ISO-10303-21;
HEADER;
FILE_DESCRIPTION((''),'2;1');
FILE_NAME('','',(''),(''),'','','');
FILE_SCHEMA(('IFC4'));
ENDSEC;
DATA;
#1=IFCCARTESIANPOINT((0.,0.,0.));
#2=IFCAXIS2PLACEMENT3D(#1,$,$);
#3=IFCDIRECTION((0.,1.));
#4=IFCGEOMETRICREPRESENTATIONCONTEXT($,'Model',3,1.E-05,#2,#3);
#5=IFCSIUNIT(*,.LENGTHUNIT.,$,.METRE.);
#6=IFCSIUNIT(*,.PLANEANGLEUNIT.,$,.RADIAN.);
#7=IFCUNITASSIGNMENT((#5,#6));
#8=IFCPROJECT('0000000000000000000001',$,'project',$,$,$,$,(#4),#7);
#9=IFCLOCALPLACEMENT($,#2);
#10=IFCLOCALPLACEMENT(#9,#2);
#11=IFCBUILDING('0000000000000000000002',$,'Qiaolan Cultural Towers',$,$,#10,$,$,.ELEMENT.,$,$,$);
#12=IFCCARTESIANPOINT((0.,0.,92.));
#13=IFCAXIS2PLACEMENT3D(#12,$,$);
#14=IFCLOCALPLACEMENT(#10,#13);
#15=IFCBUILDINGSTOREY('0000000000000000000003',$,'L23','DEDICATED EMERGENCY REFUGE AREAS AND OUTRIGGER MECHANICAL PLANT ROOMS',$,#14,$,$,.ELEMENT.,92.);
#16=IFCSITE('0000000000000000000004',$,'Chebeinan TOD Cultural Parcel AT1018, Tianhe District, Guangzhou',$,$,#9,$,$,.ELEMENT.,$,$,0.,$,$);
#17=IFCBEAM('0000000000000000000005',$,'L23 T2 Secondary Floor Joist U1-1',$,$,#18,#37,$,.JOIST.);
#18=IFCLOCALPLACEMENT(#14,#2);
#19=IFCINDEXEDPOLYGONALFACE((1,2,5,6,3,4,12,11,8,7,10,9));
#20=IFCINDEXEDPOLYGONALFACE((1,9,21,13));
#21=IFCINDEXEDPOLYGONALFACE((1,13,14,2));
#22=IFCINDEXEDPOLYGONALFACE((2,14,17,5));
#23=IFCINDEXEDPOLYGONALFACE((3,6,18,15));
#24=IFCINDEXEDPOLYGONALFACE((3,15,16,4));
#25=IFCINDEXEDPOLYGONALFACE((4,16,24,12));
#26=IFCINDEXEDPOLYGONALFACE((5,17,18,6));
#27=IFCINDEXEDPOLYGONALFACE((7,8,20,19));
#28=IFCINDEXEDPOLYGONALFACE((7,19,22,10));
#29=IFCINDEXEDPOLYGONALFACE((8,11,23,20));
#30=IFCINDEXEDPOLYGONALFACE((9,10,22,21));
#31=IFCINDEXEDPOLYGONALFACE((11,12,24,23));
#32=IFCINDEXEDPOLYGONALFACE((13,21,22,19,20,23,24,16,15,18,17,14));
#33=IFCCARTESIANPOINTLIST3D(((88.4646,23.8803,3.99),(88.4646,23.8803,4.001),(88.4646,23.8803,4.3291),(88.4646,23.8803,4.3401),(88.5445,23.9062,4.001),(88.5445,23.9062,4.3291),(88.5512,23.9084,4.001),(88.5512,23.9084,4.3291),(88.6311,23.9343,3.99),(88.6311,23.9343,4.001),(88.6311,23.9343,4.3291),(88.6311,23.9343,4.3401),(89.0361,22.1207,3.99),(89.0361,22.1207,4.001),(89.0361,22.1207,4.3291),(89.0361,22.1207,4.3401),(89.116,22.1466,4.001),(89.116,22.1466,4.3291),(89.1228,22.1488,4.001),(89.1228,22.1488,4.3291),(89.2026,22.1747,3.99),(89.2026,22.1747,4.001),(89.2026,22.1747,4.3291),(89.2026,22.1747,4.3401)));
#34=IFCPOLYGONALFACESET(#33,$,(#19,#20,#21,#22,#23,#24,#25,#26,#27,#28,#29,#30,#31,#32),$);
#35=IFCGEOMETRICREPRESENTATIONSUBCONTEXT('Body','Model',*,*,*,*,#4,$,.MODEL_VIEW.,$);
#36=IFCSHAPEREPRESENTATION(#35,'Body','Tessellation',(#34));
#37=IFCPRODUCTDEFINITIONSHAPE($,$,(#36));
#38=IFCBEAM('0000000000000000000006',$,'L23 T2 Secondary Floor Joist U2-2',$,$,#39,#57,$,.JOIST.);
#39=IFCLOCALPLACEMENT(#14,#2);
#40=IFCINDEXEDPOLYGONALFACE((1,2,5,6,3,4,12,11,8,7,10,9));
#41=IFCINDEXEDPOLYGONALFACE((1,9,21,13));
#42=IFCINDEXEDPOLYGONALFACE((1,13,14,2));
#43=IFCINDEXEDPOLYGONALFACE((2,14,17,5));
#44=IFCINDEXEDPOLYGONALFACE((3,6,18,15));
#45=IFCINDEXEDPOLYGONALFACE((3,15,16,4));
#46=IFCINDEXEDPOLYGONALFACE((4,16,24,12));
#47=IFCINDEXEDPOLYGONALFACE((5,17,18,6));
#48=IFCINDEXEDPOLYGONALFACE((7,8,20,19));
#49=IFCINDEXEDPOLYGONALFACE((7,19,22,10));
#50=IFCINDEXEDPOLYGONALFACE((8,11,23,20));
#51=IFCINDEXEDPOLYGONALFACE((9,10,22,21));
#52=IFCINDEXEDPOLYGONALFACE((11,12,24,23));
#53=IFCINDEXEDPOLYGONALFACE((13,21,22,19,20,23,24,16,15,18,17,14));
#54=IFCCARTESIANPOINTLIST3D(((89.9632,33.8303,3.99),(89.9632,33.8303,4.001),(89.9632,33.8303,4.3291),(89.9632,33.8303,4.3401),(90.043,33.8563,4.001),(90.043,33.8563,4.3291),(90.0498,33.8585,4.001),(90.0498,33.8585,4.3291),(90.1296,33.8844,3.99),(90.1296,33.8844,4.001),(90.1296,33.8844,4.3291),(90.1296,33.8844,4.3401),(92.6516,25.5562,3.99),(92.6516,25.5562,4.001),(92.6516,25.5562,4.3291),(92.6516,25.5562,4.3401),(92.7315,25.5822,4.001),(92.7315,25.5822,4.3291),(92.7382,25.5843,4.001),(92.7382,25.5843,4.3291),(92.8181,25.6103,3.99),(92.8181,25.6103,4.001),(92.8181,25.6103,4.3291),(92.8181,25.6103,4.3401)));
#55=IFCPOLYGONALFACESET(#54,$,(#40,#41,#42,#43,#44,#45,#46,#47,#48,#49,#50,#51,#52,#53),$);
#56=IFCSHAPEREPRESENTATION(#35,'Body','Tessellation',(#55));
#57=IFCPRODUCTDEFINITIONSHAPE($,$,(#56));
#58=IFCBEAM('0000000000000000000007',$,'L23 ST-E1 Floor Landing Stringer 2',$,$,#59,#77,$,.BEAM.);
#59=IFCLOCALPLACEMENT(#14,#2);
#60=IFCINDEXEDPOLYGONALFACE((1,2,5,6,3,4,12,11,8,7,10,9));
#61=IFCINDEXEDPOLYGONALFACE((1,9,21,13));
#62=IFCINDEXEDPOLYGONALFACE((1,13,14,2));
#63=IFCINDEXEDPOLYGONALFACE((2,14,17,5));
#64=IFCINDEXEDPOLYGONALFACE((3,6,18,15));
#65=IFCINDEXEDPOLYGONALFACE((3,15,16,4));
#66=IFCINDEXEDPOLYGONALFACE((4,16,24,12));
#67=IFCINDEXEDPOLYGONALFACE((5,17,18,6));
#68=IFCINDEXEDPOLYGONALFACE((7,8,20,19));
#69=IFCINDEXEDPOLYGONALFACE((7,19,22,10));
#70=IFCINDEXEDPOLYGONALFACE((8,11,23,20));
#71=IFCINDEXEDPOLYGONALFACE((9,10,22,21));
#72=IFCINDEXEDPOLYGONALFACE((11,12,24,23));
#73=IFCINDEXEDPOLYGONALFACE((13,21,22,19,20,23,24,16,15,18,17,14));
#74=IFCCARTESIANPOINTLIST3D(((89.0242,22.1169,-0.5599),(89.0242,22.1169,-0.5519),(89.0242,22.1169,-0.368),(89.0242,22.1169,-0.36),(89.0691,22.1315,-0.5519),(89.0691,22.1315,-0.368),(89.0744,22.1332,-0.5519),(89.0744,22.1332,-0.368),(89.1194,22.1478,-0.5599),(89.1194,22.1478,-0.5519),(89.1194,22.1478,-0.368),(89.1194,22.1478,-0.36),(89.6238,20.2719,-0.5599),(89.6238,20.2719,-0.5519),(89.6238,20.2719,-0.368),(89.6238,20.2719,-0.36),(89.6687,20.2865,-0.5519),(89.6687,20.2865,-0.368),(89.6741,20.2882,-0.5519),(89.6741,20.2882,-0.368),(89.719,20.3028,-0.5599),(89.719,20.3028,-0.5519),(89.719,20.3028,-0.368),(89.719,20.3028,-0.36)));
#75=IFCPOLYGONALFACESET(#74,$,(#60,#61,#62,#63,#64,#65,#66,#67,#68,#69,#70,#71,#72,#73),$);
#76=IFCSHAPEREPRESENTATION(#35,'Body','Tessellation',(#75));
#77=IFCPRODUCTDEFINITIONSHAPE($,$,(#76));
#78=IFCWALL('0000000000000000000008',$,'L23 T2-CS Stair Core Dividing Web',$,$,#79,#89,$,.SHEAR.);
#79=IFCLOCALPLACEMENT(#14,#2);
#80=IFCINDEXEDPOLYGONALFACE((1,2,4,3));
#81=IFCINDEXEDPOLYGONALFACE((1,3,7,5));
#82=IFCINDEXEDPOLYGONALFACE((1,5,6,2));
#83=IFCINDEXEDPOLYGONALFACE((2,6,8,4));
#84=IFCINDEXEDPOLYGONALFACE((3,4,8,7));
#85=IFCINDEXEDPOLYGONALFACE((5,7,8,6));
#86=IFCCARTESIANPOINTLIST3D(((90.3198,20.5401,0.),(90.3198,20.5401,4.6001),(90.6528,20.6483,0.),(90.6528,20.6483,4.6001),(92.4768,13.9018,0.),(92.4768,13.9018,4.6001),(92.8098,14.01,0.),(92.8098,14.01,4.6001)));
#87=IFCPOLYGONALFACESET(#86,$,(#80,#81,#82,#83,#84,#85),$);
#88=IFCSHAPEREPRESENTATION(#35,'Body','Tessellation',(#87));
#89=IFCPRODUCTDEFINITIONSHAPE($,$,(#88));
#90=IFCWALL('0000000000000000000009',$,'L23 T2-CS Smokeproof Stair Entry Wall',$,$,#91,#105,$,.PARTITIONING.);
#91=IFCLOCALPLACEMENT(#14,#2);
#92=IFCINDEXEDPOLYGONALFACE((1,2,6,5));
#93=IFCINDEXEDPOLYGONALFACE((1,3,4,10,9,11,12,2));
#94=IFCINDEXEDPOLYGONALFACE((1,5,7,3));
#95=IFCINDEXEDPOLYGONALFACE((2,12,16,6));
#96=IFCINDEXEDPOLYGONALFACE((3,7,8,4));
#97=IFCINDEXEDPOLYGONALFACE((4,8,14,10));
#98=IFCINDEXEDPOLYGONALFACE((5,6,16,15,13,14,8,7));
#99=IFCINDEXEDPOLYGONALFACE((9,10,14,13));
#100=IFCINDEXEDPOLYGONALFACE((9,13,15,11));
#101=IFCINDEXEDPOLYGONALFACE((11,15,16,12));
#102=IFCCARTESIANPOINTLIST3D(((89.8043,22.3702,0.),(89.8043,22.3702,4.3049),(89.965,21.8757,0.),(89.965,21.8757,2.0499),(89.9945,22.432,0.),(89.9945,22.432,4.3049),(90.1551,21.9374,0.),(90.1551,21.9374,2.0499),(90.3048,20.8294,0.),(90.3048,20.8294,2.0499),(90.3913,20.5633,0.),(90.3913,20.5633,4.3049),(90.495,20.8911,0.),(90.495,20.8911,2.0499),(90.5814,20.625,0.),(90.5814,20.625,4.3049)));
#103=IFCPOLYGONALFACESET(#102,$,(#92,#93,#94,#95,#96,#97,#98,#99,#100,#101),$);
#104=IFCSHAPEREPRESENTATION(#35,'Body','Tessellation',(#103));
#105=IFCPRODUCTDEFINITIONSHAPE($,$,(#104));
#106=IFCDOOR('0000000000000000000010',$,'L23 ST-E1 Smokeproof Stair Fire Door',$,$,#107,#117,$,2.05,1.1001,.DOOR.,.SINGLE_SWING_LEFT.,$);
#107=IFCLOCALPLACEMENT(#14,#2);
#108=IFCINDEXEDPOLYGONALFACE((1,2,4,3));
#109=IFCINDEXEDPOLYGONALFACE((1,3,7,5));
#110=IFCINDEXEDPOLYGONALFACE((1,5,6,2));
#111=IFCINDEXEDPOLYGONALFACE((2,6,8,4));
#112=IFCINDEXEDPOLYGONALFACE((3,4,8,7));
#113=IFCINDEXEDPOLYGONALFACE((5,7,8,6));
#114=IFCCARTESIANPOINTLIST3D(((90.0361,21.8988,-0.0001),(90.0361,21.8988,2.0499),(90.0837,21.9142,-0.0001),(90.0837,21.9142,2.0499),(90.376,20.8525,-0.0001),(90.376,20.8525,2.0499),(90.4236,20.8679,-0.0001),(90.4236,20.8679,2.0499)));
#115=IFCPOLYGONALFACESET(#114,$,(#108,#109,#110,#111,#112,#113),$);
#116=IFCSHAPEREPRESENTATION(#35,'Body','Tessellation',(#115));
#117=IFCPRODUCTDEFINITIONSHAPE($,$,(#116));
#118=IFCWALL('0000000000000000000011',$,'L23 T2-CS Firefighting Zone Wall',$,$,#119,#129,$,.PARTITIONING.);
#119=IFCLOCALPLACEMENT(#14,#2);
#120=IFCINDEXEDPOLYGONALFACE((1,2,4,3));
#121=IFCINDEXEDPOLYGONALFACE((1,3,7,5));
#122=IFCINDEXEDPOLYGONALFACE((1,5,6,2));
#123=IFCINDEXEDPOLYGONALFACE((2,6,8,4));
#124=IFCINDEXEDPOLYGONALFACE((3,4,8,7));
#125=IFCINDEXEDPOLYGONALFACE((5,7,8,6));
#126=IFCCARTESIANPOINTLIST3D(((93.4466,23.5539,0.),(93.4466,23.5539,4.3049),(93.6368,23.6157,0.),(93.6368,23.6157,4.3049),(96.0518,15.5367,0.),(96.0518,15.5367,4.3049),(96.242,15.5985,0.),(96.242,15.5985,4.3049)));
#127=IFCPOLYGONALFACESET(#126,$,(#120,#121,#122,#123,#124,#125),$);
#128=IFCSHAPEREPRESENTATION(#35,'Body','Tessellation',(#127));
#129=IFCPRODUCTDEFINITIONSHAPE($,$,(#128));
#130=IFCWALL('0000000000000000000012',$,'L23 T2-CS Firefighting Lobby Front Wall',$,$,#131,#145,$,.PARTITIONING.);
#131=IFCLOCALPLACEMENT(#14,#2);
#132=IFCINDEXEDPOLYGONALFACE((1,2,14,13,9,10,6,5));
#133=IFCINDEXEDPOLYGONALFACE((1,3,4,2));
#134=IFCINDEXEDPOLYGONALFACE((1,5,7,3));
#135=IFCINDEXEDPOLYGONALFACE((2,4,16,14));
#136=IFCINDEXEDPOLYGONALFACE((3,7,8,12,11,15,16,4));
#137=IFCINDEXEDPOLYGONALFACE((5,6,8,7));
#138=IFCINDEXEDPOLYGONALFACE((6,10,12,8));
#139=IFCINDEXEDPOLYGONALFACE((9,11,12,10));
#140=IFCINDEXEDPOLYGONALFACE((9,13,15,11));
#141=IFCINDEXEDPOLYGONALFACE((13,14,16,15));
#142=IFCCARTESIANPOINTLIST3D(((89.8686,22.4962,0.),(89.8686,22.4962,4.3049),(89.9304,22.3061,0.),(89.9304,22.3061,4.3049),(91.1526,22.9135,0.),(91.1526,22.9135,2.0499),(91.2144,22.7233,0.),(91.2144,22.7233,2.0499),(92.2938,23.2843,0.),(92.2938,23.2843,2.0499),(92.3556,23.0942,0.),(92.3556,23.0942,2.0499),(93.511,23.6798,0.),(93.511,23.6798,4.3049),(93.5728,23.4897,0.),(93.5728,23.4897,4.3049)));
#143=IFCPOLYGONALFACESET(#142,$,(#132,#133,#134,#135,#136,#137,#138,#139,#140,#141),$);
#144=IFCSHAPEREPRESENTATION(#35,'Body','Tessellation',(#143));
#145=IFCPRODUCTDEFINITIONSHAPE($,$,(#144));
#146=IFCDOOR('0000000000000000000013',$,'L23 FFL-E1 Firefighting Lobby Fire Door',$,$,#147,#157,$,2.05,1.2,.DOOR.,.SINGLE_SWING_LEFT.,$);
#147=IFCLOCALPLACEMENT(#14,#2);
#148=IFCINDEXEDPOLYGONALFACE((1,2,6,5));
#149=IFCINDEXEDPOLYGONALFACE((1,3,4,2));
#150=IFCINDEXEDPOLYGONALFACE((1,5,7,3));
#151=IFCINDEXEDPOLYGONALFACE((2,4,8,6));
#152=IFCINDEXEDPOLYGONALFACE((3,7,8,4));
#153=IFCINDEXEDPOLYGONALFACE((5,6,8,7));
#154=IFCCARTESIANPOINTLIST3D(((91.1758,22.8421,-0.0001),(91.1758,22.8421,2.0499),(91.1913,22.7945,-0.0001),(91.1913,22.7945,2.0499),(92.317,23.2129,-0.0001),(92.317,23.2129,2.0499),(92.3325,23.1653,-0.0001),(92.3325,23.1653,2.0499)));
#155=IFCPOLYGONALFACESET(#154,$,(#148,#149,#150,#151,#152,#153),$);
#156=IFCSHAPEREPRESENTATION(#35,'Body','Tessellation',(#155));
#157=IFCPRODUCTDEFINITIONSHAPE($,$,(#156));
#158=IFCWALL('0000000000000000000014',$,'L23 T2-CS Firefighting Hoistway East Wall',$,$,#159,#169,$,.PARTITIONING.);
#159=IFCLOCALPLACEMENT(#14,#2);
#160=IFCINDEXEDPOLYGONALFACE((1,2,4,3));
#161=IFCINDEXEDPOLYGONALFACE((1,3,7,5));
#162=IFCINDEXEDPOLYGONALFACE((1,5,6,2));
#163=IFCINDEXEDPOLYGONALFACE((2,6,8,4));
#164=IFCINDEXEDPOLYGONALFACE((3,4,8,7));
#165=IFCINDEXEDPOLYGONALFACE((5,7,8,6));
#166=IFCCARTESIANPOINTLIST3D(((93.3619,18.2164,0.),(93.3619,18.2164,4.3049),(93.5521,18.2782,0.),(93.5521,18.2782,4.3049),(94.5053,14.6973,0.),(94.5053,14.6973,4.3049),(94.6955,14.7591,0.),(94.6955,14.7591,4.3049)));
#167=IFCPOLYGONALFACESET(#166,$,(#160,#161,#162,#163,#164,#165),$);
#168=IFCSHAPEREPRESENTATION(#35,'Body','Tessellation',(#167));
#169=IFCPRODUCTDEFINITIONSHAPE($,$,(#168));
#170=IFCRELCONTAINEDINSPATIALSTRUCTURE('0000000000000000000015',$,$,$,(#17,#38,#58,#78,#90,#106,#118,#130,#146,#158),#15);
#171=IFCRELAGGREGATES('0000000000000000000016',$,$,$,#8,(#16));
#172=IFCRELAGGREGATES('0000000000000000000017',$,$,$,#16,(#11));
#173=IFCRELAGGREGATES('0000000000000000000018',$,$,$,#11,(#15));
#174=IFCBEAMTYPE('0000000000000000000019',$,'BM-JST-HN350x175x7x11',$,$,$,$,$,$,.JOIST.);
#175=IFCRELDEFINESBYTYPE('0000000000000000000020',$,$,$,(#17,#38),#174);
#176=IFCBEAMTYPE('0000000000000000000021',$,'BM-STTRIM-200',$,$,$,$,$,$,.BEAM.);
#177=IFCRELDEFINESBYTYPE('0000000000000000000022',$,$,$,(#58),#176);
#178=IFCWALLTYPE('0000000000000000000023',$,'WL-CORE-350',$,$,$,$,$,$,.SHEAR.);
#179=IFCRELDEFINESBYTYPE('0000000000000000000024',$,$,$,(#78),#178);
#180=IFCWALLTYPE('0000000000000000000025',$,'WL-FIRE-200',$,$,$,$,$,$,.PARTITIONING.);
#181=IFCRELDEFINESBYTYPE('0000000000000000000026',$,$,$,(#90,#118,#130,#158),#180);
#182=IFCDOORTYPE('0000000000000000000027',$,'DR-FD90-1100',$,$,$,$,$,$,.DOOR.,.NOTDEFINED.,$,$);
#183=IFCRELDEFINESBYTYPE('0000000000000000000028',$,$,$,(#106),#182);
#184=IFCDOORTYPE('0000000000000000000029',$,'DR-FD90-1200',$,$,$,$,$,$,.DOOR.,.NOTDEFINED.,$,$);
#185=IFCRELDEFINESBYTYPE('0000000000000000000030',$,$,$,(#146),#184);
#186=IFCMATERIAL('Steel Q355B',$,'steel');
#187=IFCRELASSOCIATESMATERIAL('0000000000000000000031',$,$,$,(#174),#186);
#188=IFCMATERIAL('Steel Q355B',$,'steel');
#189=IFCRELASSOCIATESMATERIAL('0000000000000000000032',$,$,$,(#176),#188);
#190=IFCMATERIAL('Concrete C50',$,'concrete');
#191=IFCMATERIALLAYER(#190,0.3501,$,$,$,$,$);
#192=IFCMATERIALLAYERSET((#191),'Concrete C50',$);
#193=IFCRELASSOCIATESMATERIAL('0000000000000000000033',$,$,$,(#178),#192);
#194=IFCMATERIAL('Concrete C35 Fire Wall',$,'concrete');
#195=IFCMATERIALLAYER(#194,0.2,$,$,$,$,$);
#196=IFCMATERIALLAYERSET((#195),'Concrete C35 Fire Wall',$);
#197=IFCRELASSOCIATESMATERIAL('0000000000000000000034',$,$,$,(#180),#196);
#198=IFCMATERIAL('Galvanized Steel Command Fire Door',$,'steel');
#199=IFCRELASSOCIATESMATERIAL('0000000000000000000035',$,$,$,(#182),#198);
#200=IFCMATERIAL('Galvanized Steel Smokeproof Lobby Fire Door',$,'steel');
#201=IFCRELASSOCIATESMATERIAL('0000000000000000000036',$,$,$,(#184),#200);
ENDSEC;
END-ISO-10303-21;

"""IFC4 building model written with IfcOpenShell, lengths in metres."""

from ifc_helpers import new_model, si_unit, direction, frame, frame_2d, origin, origin_2d, place, context, subcontext, project, spatial, rectangle, i_section, extrude, material, layer, layer_set, material_profile, profile_set, type_object, element, fill, save


model = new_model("IFC4")

# Units and contexts
model_context = context("Model", 3, precision=1e-05, world=origin(), true_north=direction((0.0, 1.0)))
body_context = subcontext(model_context, "Body", "Model", "MODEL_VIEW")
ifc_project = project(units=[si_unit("LENGTHUNIT", "METRE"), si_unit("PLANEANGLEUNIT", "RADIAN")], contexts=[model_context])

# Site, building, storey
site_placement = place(None, origin())
site = spatial("IfcSite", under=ifc_project, at=site_placement, Name="Chebeinan TOD Cultural Parcel AT1018, Tianhe District, Guangzhou", CompositionType="ELEMENT", RefElevation=0.0)
building_placement = place(site_placement, origin())
building = spatial("IfcBuilding", under=site, at=building_placement, Name="Qiaolan Cultural Towers", CompositionType="ELEMENT")
storey_placement = place(building_placement, frame((0.0, 0.0, 92.0)))
storey = spatial("IfcBuildingStorey", under=building, at=storey_placement, Name="L23", Description="DEDICATED EMERGENCY REFUGE AREAS AND OUTRIGGER MECHANICAL PLANT ROOMS", CompositionType="ELEMENT", Elevation=92.0)

# Beams
ifc_material_1 = material(Name="Steel Q355B", Category="steel")
ifc_material_profile_1 = material_profile(ifc_material_1, i_section(OverallWidth=0.175, OverallDepth=0.3501, WebThickness=0.0071, FlangeThickness=0.011, at=origin_2d()), Name="HN350x175x7x11")
ifc_profile_set_1 = profile_set([ifc_material_profile_1], Name="Steel Q355B")
beam_type_1 = type_object("IfcBeamType", Name="BM-JST-HN350x175x7x11", PredefinedType="JOIST", material=ifc_profile_set_1)
beam_1_placement = place(storey_placement, frame((89.1194, 22.1477, 4.165), z_axis=(-0.308934, 0.951084, 0.0), x_axis=(-0.951084, -0.308934, 0.0)))
element("IfcBeam", 1, at=beam_1_placement, inside=storey, type_object=beam_type_1, Name="L23 T2 Secondary Floor Joist U1-1", PredefinedType="JOIST", context=body_context, shape_type="SweptSolid", body=[
    extrude(i_section(OverallWidth=0.175, OverallDepth=0.3501, WebThickness=0.0071, FlangeThickness=0.011, at=origin_2d()), origin(), (0.0, 0.0, 1.0), 1.8501),
])
beam_2_placement = place(storey_placement, frame((92.7349, 25.5833, 4.165), z_axis=(-0.309021, 0.951055, 0.0), x_axis=(-0.951055, -0.309021, 0.0)))
element("IfcBeam", 2, at=beam_2_placement, inside=storey, type_object=beam_type_1, Name="L23 T2 Secondary Floor Joist U2-2", PredefinedType="JOIST", context=body_context, shape_type="SweptSolid", body=[
    extrude(i_section(OverallWidth=0.175, OverallDepth=0.3501, WebThickness=0.0071, FlangeThickness=0.011, at=origin_2d()), origin(), (0.0, 0.0, 1.0), 8.7),
])
ifc_material_2 = material(Name="Steel Q355B", Category="steel")
ifc_material_profile_2 = material_profile(ifc_material_2, i_section(OverallWidth=0.1001, OverallDepth=0.2, WebThickness=0.0056, FlangeThickness=0.0081, at=origin_2d()), Name="HN200x100x5.5x8")
ifc_profile_set_2 = profile_set([ifc_material_profile_2], Name="Steel Q355B")
beam_type_2 = type_object("IfcBeamType", Name="BM-STTRIM-200", PredefinedType="BEAM", material=ifc_profile_set_2)
beam_3_placement = place(storey_placement, frame((89.0718, 22.1323, -0.46), z_axis=(0.309083, -0.951035, 0.0), x_axis=(0.951035, 0.309083, 0.0)))
element("IfcBeam", 3, at=beam_3_placement, inside=storey, type_object=beam_type_2, Name="L23 ST-E1 Floor Landing Stringer 2", PredefinedType="BEAM", context=body_context, shape_type="SweptSolid", body=[
    extrude(i_section(OverallWidth=0.1001, OverallDepth=0.2, WebThickness=0.0056, FlangeThickness=0.0081, at=origin_2d()), origin(), (0.0, 0.0, 1.0), 1.9399),
])

# Wall
ifc_material_3 = material(Name="Concrete C50", Category="concrete")
ifc_layer_1 = layer(ifc_material_3, 0.3501)
ifc_layer_set_1 = layer_set([ifc_layer_1], Name="Concrete C50")
wall_type_1 = type_object("IfcWallType", Name="WL-CORE-350", PredefinedType="SHEAR", material=ifc_layer_set_1)
wall_1_placement = place(storey_placement, frame((90.4863, 20.5942, 0.0), z_axis=(0.0, 0.0, 1.0), x_axis=(0.30902, -0.951055, 0.0)))
element("IfcWall", 4, at=wall_1_placement, inside=storey, type_object=wall_type_1, Name="L23 T2-CS Stair Core Dividing Web", PredefinedType="SHEAR", context=body_context, shape_type="SweptSolid", body=[
    extrude(rectangle(XDim=6.98, YDim=0.3501, at=frame_2d((3.49, 0.0))), origin(), (0.0, 0.0, 1.0), 4.6001),
])

# Wall, opening, door
ifc_material_4 = material(Name="Concrete C35 Fire Wall", Category="concrete")
ifc_layer_2 = layer(ifc_material_4, 0.2)
ifc_layer_set_2 = layer_set([ifc_layer_2], Name="Concrete C35 Fire Wall")
wall_type_2 = type_object("IfcWallType", Name="WL-FIRE-200", PredefinedType="PARTITIONING", material=ifc_layer_set_2)
wall_2_placement = place(storey_placement, frame((89.8994, 22.4011, 0.0), z_axis=(0.0, 0.0, 1.0), x_axis=(0.308932, -0.951084, 0.0)))
wall_2 = element("IfcWall", 5, at=wall_2_placement, inside=storey, type_object=wall_type_2, Name="L23 T2-CS Smokeproof Stair Entry Wall", PredefinedType="PARTITIONING", context=body_context, shape_type="SweptSolid", body=[
    extrude(rectangle(XDim=1.8999, YDim=0.2, at=frame_2d((0.95, 0.0))), origin(), (0.0, 0.0, 1.0), 4.3049),
])
opening_1_placement = place(wall_2_placement, frame((0.52, 0.0, 0.0)))
opening_1 = element("IfcOpeningElement", 6, at=opening_1_placement, cuts=wall_2, PredefinedType="OPENING", context=body_context, shape_type="SweptSolid", body=[
    extrude(rectangle(XDim=1.1001, YDim=2.05, at=frame_2d((0.55, 1.0249))), frame((0.0, 0.1099, 0.0), z_axis=(0.0, -1.0, 0.0), x_axis=(1.0, 0.0, 0.0)), (0.0, 0.0, 1.0), 0.22),
])
ifc_material_5 = material(Name="Galvanized Steel Command Fire Door", Category="steel")
door_type_1 = type_object("IfcDoorType", Name="DR-FD90-1100", OperationType="NOTDEFINED", PredefinedType="DOOR", material=ifc_material_5)
door_1_placement = place(opening_1_placement, origin())
door_1 = element("IfcDoor", 7, at=door_1_placement, inside=storey, type_object=door_type_1, Name="L23 ST-E1 Smokeproof Stair Fire Door", OperationType="SINGLE_SWING_LEFT", OverallHeight=2.05, OverallWidth=1.1001, PredefinedType="DOOR", context=body_context, shape_type="SweptSolid", body=[
    extrude(rectangle(XDim=1.1001, YDim=2.05, at=frame_2d((0.55, 1.0249))), frame((0.0, 0.0249, 0.0), z_axis=(0.0, -1.0, 0.0), x_axis=(1.0, 0.0, 0.0)), (0.0, 0.0, 1.0), 0.05),
])
fill(opening_1, door_1)

# Wall
wall_3_placement = place(storey_placement, frame((93.5417, 23.5847, 0.0), z_axis=(0.0, 0.0, 1.0), x_axis=(0.309042, -0.951048, 0.0)))
element("IfcWall", 8, at=wall_3_placement, inside=storey, type_object=wall_type_2, Name="L23 T2-CS Firefighting Zone Wall", PredefinedType="PARTITIONING", context=body_context, shape_type="SweptSolid", body=[
    extrude(rectangle(XDim=8.4299, YDim=0.2, at=frame_2d((4.2148, 0.0))), origin(), (0.0, 0.0, 1.0), 4.3049),
])

# Wall, opening, door
wall_4_placement = place(storey_placement, frame((89.8994, 22.4011, 0.0), z_axis=(0.0, 0.0, 1.0), x_axis=(0.951047, 0.309047, 0.0)))
wall_4 = element("IfcWall", 9, at=wall_4_placement, inside=storey, type_object=wall_type_2, Name="L23 T2-CS Firefighting Lobby Front Wall", PredefinedType="PARTITIONING", context=body_context, shape_type="SweptSolid", body=[
    extrude(rectangle(XDim=3.8298, YDim=0.2, at=frame_2d((1.915, 0.0))), origin(), (0.0, 0.0, 1.0), 4.3049),
])
opening_2_placement = place(wall_4_placement, frame((1.3501, 0.0, 0.0)))
opening_2 = element("IfcOpeningElement", 10, at=opening_2_placement, cuts=wall_4, PredefinedType="OPENING", context=body_context, shape_type="SweptSolid", body=[
    extrude(rectangle(XDim=1.2, YDim=2.05, at=frame_2d((0.6001, 1.0249))), frame((0.0, 0.1099, 0.0), z_axis=(0.0, -1.0, 0.0), x_axis=(1.0, 0.0, 0.0)), (0.0, 0.0, 1.0), 0.22),
])
ifc_material_6 = material(Name="Galvanized Steel Smokeproof Lobby Fire Door", Category="steel")
door_type_2 = type_object("IfcDoorType", Name="DR-FD90-1200", OperationType="NOTDEFINED", PredefinedType="DOOR", material=ifc_material_6)
door_2_placement = place(opening_2_placement, origin())
door_2 = element("IfcDoor", 11, at=door_2_placement, inside=storey, type_object=door_type_2, Name="L23 FFL-E1 Firefighting Lobby Fire Door", OperationType="SINGLE_SWING_LEFT", OverallHeight=2.05, OverallWidth=1.2, PredefinedType="DOOR", context=body_context, shape_type="SweptSolid", body=[
    extrude(rectangle(XDim=1.2, YDim=2.05, at=frame_2d((0.6001, 1.0249))), frame((0.0, 0.0249, 0.0), z_axis=(0.0, -1.0, 0.0), x_axis=(1.0, 0.0, 0.0)), (0.0, 0.0, 1.0), 0.05),
])
fill(opening_2, door_2)

# Wall
wall_5_placement = place(storey_placement, frame((93.457, 18.2473, 0.0), z_axis=(0.0, 0.0, 1.0), x_axis=(0.308994, -0.951064, 0.0)))
element("IfcWall", 12, at=wall_5_placement, inside=storey, type_object=wall_type_2, Name="L23 T2-CS Firefighting Hoistway East Wall", PredefinedType="PARTITIONING", context=body_context, shape_type="SweptSolid", body=[
    extrude(rectangle(XDim=3.7002, YDim=0.2, at=frame_2d((1.8501, 0.0))), origin(), (0.0, 0.0, 1.0), 4.3049),
])

save(model, "model.ifc")
